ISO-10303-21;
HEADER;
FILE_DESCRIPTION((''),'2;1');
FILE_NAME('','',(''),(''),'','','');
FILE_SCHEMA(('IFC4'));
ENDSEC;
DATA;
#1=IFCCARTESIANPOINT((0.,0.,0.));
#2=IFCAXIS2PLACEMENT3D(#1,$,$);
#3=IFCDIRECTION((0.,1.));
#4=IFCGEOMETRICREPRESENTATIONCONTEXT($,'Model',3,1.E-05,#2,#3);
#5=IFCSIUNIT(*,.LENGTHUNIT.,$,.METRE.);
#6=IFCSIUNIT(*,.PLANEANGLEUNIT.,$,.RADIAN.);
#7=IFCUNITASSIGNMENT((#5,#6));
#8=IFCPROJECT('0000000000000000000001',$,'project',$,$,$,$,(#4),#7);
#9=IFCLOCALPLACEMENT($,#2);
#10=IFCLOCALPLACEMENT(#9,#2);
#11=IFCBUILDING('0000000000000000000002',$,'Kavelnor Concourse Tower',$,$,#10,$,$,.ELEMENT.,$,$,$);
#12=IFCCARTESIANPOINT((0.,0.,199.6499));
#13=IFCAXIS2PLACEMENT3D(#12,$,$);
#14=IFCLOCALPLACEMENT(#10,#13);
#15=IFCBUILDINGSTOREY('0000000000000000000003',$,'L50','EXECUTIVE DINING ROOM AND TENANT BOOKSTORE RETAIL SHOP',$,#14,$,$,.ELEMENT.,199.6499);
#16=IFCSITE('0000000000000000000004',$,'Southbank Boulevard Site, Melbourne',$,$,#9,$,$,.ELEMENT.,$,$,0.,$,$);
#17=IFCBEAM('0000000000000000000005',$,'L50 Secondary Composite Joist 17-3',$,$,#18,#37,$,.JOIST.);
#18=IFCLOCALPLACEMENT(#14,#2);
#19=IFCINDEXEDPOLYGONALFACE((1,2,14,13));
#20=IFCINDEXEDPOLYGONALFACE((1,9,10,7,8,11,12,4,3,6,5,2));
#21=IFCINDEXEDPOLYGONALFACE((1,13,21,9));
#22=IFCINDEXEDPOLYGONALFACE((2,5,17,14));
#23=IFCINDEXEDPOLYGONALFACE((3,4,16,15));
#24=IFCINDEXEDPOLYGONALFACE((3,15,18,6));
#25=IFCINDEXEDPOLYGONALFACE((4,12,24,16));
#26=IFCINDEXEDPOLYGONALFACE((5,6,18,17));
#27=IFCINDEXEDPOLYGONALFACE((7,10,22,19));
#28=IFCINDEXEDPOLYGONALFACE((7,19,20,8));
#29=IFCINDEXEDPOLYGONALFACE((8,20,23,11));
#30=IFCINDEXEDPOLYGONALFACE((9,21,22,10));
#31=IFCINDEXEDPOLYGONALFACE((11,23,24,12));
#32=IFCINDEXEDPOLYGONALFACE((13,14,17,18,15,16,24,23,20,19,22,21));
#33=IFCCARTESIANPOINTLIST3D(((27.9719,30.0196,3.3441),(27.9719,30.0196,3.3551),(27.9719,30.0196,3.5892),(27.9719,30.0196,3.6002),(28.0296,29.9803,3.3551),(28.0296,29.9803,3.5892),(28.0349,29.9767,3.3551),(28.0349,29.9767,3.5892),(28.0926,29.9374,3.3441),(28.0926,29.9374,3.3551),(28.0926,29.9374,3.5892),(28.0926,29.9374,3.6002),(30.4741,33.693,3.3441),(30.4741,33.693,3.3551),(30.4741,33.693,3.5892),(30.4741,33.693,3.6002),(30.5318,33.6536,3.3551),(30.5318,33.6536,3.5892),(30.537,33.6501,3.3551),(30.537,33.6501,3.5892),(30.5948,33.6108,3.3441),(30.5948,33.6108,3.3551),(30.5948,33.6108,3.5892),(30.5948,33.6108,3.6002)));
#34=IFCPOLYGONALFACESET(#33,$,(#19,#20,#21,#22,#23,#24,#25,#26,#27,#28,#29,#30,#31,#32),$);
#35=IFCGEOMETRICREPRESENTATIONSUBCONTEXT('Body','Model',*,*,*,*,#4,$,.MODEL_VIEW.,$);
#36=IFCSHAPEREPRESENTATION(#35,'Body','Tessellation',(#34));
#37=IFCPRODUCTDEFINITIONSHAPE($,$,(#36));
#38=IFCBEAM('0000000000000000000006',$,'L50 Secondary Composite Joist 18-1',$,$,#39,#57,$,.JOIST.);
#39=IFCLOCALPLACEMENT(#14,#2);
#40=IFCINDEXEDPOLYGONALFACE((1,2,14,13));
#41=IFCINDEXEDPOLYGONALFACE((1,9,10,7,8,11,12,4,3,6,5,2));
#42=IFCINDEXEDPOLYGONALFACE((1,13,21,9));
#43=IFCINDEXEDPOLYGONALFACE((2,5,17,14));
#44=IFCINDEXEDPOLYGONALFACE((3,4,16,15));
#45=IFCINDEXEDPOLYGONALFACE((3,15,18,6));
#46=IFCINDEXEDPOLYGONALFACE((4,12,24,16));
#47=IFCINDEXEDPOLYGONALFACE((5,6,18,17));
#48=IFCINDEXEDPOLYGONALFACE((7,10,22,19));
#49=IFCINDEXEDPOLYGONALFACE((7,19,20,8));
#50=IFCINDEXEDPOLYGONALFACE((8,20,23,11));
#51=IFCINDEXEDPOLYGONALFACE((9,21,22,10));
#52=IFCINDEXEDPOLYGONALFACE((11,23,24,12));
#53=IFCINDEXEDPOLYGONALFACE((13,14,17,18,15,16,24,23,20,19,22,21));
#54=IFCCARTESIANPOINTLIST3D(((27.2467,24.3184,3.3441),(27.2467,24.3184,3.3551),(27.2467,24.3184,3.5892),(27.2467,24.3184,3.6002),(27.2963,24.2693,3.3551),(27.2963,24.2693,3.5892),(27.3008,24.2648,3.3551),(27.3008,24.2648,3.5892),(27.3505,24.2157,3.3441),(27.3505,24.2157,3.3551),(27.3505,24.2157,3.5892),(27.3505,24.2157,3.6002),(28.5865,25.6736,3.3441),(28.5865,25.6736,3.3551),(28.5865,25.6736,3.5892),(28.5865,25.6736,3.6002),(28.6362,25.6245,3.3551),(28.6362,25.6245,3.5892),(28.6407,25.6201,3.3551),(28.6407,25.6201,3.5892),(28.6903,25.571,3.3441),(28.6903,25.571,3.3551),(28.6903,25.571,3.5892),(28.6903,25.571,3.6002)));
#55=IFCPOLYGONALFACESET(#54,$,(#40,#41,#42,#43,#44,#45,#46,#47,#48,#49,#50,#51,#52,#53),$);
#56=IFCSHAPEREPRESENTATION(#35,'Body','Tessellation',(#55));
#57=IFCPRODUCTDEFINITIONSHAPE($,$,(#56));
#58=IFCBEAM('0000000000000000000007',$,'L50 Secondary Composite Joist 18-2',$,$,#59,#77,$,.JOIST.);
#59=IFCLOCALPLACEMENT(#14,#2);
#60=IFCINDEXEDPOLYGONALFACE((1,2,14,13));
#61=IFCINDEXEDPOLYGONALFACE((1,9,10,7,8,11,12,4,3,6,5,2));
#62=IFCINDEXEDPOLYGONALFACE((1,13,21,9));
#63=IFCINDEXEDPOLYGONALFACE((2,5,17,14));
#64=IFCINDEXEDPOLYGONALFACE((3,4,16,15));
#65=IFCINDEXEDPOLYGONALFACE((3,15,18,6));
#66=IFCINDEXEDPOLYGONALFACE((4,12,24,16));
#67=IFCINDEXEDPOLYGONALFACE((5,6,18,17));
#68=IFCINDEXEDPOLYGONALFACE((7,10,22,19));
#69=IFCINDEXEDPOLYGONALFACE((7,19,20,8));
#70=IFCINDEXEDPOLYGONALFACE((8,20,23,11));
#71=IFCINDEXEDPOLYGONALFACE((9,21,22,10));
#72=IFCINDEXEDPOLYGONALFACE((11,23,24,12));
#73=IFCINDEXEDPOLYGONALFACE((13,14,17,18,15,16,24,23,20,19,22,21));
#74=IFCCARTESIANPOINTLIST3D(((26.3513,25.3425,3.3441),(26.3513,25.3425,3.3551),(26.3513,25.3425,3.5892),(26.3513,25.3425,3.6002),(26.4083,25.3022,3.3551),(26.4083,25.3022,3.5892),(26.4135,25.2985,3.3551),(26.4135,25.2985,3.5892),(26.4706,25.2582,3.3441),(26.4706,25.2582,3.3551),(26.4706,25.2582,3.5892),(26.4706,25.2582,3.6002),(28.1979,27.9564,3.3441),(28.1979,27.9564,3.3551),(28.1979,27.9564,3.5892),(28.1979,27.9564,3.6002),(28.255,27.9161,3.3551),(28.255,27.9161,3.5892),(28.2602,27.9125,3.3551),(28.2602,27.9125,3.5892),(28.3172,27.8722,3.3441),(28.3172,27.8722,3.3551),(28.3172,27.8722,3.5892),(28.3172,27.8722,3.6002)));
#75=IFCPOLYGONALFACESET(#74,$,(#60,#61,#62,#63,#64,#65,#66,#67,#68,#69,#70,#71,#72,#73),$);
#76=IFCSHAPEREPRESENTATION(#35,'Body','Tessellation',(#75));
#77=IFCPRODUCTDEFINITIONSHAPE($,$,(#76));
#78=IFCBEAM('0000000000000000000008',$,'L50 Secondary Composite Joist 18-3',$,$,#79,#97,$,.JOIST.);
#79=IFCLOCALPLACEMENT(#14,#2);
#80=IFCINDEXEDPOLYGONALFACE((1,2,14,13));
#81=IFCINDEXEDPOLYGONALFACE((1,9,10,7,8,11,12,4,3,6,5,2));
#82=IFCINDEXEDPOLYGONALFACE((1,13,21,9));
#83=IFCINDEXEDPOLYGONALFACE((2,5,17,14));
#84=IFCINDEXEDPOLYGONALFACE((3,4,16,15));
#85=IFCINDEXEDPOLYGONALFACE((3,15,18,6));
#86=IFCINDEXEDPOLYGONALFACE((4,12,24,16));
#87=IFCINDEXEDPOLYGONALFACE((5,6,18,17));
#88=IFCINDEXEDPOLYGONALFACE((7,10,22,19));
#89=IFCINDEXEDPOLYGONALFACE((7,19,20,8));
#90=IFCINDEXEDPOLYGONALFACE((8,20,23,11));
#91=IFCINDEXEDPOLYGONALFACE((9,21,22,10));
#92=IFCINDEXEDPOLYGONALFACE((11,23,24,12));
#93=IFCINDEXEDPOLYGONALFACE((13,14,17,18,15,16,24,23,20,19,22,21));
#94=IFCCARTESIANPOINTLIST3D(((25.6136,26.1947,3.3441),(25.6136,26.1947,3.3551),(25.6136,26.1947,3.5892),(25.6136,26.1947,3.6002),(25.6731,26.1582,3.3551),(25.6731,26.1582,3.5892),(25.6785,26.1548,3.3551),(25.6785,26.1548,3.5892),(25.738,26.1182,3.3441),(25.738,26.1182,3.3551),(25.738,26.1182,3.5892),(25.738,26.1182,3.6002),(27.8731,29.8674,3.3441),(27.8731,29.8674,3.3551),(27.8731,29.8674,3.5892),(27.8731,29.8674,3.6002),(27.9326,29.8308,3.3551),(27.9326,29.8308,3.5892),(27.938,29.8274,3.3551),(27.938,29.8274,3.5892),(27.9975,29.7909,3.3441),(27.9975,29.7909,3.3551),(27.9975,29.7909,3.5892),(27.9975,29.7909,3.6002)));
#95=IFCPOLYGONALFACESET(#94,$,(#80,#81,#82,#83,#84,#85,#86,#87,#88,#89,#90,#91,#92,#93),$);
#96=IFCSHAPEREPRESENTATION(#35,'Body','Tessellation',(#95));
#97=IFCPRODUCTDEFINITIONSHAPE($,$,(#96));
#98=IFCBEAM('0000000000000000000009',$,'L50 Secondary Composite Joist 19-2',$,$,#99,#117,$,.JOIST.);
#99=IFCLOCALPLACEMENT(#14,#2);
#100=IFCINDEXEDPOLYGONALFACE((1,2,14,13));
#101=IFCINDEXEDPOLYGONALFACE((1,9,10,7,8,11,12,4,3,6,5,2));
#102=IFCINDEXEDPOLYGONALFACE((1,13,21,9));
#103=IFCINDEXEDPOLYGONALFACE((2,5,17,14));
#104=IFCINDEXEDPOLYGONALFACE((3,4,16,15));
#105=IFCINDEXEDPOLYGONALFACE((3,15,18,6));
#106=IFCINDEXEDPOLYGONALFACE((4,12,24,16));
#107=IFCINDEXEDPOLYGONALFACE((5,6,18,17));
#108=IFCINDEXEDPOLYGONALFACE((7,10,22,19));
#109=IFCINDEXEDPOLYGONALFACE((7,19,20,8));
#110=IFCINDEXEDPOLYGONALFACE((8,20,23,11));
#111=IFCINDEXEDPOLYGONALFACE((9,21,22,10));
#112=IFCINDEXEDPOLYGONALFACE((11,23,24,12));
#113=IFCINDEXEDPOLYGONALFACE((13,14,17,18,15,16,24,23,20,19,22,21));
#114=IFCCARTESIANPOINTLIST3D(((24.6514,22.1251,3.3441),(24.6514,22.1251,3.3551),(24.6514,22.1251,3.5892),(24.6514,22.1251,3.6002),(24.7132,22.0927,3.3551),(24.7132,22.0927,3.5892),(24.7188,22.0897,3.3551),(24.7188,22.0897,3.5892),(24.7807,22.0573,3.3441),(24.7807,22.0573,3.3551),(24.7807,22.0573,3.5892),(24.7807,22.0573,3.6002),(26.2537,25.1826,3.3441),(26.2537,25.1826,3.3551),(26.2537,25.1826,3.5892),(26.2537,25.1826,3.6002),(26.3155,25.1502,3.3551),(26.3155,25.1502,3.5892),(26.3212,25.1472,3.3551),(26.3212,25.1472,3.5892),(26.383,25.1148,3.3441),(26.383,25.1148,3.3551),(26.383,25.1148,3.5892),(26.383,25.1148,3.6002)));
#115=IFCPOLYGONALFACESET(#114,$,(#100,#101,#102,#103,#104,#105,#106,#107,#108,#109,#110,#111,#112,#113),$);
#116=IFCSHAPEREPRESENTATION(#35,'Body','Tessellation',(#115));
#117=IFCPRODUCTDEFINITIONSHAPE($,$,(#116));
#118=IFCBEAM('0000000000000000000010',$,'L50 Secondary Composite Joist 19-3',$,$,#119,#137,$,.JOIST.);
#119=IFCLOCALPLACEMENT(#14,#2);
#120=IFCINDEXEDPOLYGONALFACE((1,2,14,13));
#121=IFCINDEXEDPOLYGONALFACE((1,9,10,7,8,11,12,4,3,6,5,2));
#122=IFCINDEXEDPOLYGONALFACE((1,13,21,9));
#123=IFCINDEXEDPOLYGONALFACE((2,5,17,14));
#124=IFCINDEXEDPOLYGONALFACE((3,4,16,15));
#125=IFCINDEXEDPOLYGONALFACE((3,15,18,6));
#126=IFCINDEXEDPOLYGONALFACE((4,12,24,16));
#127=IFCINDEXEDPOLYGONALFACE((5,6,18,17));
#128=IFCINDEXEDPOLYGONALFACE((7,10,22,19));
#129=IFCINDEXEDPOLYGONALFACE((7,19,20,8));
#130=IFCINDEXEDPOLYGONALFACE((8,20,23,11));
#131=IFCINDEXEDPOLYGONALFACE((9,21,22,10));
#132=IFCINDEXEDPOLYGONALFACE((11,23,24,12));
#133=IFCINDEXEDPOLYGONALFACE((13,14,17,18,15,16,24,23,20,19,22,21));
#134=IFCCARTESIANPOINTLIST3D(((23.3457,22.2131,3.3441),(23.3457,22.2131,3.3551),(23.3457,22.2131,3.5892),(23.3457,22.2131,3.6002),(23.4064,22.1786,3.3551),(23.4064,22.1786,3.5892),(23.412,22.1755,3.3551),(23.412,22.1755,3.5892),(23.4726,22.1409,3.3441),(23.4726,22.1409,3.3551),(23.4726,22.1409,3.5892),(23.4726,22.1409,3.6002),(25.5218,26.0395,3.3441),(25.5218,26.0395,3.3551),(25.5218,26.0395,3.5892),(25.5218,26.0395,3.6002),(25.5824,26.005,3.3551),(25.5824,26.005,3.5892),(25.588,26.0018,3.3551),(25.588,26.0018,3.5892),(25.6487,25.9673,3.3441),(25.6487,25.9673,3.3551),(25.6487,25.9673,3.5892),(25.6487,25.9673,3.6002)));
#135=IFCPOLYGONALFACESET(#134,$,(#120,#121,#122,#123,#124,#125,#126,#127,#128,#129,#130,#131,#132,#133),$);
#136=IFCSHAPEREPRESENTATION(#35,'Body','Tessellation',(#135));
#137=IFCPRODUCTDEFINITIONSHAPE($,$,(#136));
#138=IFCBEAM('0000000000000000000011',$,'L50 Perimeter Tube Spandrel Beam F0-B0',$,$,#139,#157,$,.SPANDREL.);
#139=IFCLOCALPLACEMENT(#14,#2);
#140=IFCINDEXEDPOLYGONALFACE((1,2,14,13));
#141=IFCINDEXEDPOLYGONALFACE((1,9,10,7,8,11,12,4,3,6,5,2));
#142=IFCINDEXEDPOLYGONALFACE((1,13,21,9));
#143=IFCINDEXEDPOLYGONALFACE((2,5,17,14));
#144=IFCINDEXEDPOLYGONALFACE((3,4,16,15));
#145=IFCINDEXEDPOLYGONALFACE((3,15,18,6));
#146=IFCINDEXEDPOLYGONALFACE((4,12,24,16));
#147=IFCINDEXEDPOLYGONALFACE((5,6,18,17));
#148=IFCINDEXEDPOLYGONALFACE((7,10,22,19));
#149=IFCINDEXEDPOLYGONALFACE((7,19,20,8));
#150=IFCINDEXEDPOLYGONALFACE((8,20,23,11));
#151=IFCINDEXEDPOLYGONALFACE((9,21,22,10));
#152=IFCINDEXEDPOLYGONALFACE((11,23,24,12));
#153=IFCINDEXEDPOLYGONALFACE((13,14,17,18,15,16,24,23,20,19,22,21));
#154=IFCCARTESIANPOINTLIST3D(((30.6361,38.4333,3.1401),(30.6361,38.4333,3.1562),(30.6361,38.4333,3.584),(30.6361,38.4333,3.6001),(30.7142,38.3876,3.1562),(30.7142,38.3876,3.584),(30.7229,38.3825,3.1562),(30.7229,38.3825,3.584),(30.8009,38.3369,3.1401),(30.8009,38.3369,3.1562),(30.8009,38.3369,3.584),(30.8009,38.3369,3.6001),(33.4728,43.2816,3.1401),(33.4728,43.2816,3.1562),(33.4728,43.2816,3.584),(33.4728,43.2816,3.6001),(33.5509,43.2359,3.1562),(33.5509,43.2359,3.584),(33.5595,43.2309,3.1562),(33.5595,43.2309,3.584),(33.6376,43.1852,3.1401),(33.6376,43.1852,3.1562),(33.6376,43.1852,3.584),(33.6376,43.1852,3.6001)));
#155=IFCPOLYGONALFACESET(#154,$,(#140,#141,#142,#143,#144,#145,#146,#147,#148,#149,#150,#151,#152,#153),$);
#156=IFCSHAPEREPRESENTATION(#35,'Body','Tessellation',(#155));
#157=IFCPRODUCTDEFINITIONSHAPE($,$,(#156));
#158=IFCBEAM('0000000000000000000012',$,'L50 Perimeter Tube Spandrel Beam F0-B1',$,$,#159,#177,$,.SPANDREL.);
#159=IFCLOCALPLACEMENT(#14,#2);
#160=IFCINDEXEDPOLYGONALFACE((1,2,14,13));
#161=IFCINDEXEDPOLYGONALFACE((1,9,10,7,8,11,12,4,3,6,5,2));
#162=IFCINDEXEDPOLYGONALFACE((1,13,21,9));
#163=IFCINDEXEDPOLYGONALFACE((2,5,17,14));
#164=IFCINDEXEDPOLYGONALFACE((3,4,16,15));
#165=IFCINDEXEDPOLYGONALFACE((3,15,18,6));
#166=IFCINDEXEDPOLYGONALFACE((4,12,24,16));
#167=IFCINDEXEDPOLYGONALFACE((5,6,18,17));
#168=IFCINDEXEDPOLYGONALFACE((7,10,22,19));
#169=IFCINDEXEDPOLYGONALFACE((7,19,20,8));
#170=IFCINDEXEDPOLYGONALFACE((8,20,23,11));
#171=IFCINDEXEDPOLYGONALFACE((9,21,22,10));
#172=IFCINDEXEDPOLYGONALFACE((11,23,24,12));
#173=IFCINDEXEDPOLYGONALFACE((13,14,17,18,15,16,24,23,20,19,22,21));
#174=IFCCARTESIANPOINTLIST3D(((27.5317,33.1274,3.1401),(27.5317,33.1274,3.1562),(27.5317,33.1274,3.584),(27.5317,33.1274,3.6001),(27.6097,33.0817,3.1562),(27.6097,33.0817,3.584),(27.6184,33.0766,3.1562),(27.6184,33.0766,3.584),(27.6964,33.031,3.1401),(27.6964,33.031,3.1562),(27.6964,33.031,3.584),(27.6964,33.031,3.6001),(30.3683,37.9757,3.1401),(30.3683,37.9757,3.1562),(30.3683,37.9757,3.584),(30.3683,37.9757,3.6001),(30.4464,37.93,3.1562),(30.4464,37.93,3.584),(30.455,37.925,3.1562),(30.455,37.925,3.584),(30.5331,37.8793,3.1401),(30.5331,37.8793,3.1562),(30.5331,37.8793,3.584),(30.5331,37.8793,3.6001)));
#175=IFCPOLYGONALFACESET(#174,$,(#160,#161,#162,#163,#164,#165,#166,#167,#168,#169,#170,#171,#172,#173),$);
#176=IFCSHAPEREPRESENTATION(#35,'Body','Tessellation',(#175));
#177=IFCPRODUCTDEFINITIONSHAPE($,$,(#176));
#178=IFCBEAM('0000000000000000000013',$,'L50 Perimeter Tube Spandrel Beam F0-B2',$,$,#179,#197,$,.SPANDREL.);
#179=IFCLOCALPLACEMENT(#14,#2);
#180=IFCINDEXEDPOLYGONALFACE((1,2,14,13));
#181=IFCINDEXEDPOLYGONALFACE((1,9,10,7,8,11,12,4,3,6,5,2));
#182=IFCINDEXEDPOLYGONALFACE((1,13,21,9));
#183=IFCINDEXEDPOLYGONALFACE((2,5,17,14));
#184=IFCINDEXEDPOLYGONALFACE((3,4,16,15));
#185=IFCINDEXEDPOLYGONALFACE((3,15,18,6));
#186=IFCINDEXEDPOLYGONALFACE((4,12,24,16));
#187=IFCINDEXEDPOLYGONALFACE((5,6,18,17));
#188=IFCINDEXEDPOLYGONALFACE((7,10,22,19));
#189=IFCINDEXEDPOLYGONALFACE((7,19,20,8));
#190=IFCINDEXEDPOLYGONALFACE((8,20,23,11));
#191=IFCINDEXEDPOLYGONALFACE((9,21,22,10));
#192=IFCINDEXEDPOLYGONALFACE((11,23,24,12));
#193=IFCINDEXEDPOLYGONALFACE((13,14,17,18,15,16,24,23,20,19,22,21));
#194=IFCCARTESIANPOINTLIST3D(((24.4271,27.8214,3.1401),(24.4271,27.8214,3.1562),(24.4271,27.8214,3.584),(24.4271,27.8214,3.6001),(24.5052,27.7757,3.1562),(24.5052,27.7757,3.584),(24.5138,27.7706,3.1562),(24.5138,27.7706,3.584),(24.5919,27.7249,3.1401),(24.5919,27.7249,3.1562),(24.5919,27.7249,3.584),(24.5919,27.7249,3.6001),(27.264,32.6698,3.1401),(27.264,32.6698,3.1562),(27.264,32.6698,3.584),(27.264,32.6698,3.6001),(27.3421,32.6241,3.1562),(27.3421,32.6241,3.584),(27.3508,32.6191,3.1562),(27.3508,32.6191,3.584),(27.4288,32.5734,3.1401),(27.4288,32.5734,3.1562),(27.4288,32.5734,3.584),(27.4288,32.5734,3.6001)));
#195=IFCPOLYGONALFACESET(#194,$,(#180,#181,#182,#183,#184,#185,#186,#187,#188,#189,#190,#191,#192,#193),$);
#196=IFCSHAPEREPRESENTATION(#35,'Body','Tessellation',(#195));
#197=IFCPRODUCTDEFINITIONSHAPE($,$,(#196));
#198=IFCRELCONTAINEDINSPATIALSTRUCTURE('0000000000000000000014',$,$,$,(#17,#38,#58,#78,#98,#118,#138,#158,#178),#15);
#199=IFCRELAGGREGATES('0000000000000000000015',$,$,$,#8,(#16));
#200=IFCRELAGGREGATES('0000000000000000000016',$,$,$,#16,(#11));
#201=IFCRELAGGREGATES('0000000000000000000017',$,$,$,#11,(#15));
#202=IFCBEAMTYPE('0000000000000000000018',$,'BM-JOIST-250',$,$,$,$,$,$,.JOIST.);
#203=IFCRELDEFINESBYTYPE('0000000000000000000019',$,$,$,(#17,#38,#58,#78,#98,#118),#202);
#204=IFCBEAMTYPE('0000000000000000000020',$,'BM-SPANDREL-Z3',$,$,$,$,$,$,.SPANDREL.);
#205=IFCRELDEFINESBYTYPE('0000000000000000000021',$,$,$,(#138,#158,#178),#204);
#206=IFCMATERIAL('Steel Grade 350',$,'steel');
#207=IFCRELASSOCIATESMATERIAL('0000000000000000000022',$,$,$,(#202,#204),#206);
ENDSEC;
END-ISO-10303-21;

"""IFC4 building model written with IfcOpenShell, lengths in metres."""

from ifc_helpers import new_model, si_unit, direction, frame, origin, origin_2d, place, context, subcontext, project, spatial, i_section, extrude, material, material_profile, profile_set, type_object, element, save


model = new_model("IFC4")

# Units and contexts
model_context = context("Model", 3, precision=1e-05, world=origin(), true_north=direction((0.0, 1.0)))
body_context = subcontext(model_context, "Body", "Model", "MODEL_VIEW")
ifc_project = project(units=[si_unit("LENGTHUNIT", "METRE"), si_unit("PLANEANGLEUNIT", "RADIAN")], contexts=[model_context])

# Site, building, storey
site_placement = place(None, origin())
site = spatial("IfcSite", under=ifc_project, at=site_placement, Name="Southbank Boulevard Site, Melbourne", CompositionType="ELEMENT", RefElevation=0.0)
building_placement = place(site_placement, origin())
building = spatial("IfcBuilding", under=site, at=building_placement, Name="Kavelnor Concourse Tower", CompositionType="ELEMENT")
storey_placement = place(building_placement, frame((0.0, 0.0, 199.6499)))
storey = spatial("IfcBuildingStorey", under=building, at=storey_placement, Name="L50", Description="EXECUTIVE DINING ROOM AND TENANT BOOKSTORE RETAIL SHOP", CompositionType="ELEMENT", Elevation=199.6499)

# Shared definitions
ifc_material_1 = material(Name="Steel Grade 350", Category="steel")

# Beams
ifc_material_profile_1 = material_profile(ifc_material_1, i_section(OverallWidth=0.146, OverallDepth=0.2561, WebThickness=0.0063, FlangeThickness=0.011, at=origin_2d()), Name="250UB37")
ifc_profile_set_1 = profile_set([ifc_material_profile_1], Name="Steel Grade 350")
beam_type_1 = type_object("IfcBeamType", Name="BM-JOIST-250", PredefinedType="JOIST", material=ifc_profile_set_1)
beam_1_placement = place(storey_placement, frame((30.5344, 33.6519, 3.4722), z_axis=(-0.562975, -0.826474, 0.0), x_axis=(0.826474, -0.562975, 0.0)))
element("IfcBeam", 1, at=beam_1_placement, inside=storey, type_object=beam_type_1, Name="L50 Secondary Composite Joist 17-3", PredefinedType="JOIST", context=body_context, shape_type="SweptSolid", body=[
    extrude(i_section(OverallWidth=0.146, OverallDepth=0.2561, WebThickness=0.0063, FlangeThickness=0.011, at=origin_2d()), origin(), (0.0, 0.0, 1.0), 4.4446),
])
beam_2_placement = place(storey_placement, frame((28.6384, 25.6223, 3.4722), z_axis=(-0.70306, -0.711131, 0.0), x_axis=(0.711131, -0.70306, 0.0)))
element("IfcBeam", 2, at=beam_2_placement, inside=storey, type_object=beam_type_1, Name="L50 Secondary Composite Joist 18-1", PredefinedType="JOIST", context=body_context, shape_type="SweptSolid", body=[
    extrude(i_section(OverallWidth=0.146, OverallDepth=0.2561, WebThickness=0.0063, FlangeThickness=0.011, at=origin_2d()), origin(), (0.0, 0.0, 1.0), 1.9058),
])
beam_3_placement = place(storey_placement, frame((28.2576, 27.9143, 3.4722), z_axis=(-0.576995, -0.816748, 0.0), x_axis=(0.816748, -0.576995, 0.0)))
element("IfcBeam", 3, at=beam_3_placement, inside=storey, type_object=beam_type_1, Name="L50 Secondary Composite Joist 18-2", PredefinedType="JOIST", context=body_context, shape_type="SweptSolid", body=[
    extrude(i_section(OverallWidth=0.146, OverallDepth=0.2561, WebThickness=0.0063, FlangeThickness=0.011, at=origin_2d()), origin(), (0.0, 0.0, 1.0), 3.2004),
])
beam_4_placement = place(storey_placement, frame((27.9353, 29.8291, 3.4722), z_axis=(-0.524006, -0.851715, 0.0), x_axis=(0.851715, -0.524006, 0.0)))
element("IfcBeam", 4, at=beam_4_placement, inside=storey, type_object=beam_type_1, Name="L50 Secondary Composite Joist 18-3", PredefinedType="JOIST", context=body_context, shape_type="SweptSolid", body=[
    extrude(i_section(OverallWidth=0.146, OverallDepth=0.2561, WebThickness=0.0063, FlangeThickness=0.011, at=origin_2d()), origin(), (0.0, 0.0, 1.0), 4.312),
])
beam_5_placement = place(storey_placement, frame((26.3184, 25.1487, 3.4722), z_axis=(-0.464192, -0.885735, 0.0), x_axis=(0.885735, -0.464192, 0.0)))
element("IfcBeam", 5, at=beam_5_placement, inside=storey, type_object=beam_type_1, Name="L50 Secondary Composite Joist 19-2", PredefinedType="JOIST", context=body_context, shape_type="SweptSolid", body=[
    extrude(i_section(OverallWidth=0.146, OverallDepth=0.2561, WebThickness=0.0063, FlangeThickness=0.011, at=origin_2d()), origin(), (0.0, 0.0, 1.0), 3.4519),
])
beam_6_placement = place(storey_placement, frame((25.5852, 26.0034, 3.4722), z_axis=(-0.49434, -0.869269, 0.0), x_axis=(0.869269, -0.49434, 0.0)))
element("IfcBeam", 6, at=beam_6_placement, inside=storey, type_object=beam_type_1, Name="L50 Secondary Composite Joist 19-3", PredefinedType="JOIST", context=body_context, shape_type="SweptSolid", body=[
    extrude(i_section(OverallWidth=0.146, OverallDepth=0.2561, WebThickness=0.0063, FlangeThickness=0.011, at=origin_2d()), origin(), (0.0, 0.0, 1.0), 4.4019),
])
ifc_material_profile_2 = material_profile(ifc_material_1, i_section(OverallWidth=0.1909, OverallDepth=0.46, WebThickness=0.01, FlangeThickness=0.0161, at=origin_2d()), Name="460UB82")
ifc_profile_set_2 = profile_set([ifc_material_profile_2], Name="Steel Grade 350")
beam_type_2 = type_object("IfcBeamType", Name="BM-SPANDREL-Z3", PredefinedType="SPANDREL", material=ifc_profile_set_2)
for number, where, z_axis, x_axis, name in (
    (7, (33.5552, 43.2334, 3.3701), (-0.504992, -0.863124, 0.0), (0.863124, -0.504992, 0.0), "L50 Perimeter Tube Spandrel Beam F0-B0"),
    (8, (30.4507, 37.9275, 3.3701), (-0.504992, -0.863124, 0.0), (0.863124, -0.504992, 0.0), "L50 Perimeter Tube Spandrel Beam F0-B1"),
):
    element("IfcBeam", number, at=place(storey_placement, frame(where, z_axis=z_axis, x_axis=x_axis)), inside=storey, type_object=beam_type_2, Name=name, PredefinedType="SPANDREL", context=body_context, shape_type="SweptSolid", body=[
        extrude(i_section(OverallWidth=0.1909, OverallDepth=0.46, WebThickness=0.01, FlangeThickness=0.0161, at=origin_2d()), origin(), (0.0, 0.0, 1.0), 5.6172),
    ])
for number, where, z_axis, x_axis, name in (
    (9, (27.3464, 32.6216, 3.3701), (-0.505024, -0.863105, 0.0), (0.863105, -0.505024, 0.0), "L50 Perimeter Tube Spandrel Beam F0-B2"),
):
    element("IfcBeam", number, at=place(storey_placement, frame(where, z_axis=z_axis, x_axis=x_axis)), inside=storey, type_object=beam_type_2, Name=name, PredefinedType="SPANDREL", context=body_context, shape_type="SweptSolid", body=[
        extrude(i_section(OverallWidth=0.1909, OverallDepth=0.46, WebThickness=0.01, FlangeThickness=0.0161, at=origin_2d()), origin(), (0.0, 0.0, 1.0), 5.6174),
    ])

save(model, "model.ifc")
